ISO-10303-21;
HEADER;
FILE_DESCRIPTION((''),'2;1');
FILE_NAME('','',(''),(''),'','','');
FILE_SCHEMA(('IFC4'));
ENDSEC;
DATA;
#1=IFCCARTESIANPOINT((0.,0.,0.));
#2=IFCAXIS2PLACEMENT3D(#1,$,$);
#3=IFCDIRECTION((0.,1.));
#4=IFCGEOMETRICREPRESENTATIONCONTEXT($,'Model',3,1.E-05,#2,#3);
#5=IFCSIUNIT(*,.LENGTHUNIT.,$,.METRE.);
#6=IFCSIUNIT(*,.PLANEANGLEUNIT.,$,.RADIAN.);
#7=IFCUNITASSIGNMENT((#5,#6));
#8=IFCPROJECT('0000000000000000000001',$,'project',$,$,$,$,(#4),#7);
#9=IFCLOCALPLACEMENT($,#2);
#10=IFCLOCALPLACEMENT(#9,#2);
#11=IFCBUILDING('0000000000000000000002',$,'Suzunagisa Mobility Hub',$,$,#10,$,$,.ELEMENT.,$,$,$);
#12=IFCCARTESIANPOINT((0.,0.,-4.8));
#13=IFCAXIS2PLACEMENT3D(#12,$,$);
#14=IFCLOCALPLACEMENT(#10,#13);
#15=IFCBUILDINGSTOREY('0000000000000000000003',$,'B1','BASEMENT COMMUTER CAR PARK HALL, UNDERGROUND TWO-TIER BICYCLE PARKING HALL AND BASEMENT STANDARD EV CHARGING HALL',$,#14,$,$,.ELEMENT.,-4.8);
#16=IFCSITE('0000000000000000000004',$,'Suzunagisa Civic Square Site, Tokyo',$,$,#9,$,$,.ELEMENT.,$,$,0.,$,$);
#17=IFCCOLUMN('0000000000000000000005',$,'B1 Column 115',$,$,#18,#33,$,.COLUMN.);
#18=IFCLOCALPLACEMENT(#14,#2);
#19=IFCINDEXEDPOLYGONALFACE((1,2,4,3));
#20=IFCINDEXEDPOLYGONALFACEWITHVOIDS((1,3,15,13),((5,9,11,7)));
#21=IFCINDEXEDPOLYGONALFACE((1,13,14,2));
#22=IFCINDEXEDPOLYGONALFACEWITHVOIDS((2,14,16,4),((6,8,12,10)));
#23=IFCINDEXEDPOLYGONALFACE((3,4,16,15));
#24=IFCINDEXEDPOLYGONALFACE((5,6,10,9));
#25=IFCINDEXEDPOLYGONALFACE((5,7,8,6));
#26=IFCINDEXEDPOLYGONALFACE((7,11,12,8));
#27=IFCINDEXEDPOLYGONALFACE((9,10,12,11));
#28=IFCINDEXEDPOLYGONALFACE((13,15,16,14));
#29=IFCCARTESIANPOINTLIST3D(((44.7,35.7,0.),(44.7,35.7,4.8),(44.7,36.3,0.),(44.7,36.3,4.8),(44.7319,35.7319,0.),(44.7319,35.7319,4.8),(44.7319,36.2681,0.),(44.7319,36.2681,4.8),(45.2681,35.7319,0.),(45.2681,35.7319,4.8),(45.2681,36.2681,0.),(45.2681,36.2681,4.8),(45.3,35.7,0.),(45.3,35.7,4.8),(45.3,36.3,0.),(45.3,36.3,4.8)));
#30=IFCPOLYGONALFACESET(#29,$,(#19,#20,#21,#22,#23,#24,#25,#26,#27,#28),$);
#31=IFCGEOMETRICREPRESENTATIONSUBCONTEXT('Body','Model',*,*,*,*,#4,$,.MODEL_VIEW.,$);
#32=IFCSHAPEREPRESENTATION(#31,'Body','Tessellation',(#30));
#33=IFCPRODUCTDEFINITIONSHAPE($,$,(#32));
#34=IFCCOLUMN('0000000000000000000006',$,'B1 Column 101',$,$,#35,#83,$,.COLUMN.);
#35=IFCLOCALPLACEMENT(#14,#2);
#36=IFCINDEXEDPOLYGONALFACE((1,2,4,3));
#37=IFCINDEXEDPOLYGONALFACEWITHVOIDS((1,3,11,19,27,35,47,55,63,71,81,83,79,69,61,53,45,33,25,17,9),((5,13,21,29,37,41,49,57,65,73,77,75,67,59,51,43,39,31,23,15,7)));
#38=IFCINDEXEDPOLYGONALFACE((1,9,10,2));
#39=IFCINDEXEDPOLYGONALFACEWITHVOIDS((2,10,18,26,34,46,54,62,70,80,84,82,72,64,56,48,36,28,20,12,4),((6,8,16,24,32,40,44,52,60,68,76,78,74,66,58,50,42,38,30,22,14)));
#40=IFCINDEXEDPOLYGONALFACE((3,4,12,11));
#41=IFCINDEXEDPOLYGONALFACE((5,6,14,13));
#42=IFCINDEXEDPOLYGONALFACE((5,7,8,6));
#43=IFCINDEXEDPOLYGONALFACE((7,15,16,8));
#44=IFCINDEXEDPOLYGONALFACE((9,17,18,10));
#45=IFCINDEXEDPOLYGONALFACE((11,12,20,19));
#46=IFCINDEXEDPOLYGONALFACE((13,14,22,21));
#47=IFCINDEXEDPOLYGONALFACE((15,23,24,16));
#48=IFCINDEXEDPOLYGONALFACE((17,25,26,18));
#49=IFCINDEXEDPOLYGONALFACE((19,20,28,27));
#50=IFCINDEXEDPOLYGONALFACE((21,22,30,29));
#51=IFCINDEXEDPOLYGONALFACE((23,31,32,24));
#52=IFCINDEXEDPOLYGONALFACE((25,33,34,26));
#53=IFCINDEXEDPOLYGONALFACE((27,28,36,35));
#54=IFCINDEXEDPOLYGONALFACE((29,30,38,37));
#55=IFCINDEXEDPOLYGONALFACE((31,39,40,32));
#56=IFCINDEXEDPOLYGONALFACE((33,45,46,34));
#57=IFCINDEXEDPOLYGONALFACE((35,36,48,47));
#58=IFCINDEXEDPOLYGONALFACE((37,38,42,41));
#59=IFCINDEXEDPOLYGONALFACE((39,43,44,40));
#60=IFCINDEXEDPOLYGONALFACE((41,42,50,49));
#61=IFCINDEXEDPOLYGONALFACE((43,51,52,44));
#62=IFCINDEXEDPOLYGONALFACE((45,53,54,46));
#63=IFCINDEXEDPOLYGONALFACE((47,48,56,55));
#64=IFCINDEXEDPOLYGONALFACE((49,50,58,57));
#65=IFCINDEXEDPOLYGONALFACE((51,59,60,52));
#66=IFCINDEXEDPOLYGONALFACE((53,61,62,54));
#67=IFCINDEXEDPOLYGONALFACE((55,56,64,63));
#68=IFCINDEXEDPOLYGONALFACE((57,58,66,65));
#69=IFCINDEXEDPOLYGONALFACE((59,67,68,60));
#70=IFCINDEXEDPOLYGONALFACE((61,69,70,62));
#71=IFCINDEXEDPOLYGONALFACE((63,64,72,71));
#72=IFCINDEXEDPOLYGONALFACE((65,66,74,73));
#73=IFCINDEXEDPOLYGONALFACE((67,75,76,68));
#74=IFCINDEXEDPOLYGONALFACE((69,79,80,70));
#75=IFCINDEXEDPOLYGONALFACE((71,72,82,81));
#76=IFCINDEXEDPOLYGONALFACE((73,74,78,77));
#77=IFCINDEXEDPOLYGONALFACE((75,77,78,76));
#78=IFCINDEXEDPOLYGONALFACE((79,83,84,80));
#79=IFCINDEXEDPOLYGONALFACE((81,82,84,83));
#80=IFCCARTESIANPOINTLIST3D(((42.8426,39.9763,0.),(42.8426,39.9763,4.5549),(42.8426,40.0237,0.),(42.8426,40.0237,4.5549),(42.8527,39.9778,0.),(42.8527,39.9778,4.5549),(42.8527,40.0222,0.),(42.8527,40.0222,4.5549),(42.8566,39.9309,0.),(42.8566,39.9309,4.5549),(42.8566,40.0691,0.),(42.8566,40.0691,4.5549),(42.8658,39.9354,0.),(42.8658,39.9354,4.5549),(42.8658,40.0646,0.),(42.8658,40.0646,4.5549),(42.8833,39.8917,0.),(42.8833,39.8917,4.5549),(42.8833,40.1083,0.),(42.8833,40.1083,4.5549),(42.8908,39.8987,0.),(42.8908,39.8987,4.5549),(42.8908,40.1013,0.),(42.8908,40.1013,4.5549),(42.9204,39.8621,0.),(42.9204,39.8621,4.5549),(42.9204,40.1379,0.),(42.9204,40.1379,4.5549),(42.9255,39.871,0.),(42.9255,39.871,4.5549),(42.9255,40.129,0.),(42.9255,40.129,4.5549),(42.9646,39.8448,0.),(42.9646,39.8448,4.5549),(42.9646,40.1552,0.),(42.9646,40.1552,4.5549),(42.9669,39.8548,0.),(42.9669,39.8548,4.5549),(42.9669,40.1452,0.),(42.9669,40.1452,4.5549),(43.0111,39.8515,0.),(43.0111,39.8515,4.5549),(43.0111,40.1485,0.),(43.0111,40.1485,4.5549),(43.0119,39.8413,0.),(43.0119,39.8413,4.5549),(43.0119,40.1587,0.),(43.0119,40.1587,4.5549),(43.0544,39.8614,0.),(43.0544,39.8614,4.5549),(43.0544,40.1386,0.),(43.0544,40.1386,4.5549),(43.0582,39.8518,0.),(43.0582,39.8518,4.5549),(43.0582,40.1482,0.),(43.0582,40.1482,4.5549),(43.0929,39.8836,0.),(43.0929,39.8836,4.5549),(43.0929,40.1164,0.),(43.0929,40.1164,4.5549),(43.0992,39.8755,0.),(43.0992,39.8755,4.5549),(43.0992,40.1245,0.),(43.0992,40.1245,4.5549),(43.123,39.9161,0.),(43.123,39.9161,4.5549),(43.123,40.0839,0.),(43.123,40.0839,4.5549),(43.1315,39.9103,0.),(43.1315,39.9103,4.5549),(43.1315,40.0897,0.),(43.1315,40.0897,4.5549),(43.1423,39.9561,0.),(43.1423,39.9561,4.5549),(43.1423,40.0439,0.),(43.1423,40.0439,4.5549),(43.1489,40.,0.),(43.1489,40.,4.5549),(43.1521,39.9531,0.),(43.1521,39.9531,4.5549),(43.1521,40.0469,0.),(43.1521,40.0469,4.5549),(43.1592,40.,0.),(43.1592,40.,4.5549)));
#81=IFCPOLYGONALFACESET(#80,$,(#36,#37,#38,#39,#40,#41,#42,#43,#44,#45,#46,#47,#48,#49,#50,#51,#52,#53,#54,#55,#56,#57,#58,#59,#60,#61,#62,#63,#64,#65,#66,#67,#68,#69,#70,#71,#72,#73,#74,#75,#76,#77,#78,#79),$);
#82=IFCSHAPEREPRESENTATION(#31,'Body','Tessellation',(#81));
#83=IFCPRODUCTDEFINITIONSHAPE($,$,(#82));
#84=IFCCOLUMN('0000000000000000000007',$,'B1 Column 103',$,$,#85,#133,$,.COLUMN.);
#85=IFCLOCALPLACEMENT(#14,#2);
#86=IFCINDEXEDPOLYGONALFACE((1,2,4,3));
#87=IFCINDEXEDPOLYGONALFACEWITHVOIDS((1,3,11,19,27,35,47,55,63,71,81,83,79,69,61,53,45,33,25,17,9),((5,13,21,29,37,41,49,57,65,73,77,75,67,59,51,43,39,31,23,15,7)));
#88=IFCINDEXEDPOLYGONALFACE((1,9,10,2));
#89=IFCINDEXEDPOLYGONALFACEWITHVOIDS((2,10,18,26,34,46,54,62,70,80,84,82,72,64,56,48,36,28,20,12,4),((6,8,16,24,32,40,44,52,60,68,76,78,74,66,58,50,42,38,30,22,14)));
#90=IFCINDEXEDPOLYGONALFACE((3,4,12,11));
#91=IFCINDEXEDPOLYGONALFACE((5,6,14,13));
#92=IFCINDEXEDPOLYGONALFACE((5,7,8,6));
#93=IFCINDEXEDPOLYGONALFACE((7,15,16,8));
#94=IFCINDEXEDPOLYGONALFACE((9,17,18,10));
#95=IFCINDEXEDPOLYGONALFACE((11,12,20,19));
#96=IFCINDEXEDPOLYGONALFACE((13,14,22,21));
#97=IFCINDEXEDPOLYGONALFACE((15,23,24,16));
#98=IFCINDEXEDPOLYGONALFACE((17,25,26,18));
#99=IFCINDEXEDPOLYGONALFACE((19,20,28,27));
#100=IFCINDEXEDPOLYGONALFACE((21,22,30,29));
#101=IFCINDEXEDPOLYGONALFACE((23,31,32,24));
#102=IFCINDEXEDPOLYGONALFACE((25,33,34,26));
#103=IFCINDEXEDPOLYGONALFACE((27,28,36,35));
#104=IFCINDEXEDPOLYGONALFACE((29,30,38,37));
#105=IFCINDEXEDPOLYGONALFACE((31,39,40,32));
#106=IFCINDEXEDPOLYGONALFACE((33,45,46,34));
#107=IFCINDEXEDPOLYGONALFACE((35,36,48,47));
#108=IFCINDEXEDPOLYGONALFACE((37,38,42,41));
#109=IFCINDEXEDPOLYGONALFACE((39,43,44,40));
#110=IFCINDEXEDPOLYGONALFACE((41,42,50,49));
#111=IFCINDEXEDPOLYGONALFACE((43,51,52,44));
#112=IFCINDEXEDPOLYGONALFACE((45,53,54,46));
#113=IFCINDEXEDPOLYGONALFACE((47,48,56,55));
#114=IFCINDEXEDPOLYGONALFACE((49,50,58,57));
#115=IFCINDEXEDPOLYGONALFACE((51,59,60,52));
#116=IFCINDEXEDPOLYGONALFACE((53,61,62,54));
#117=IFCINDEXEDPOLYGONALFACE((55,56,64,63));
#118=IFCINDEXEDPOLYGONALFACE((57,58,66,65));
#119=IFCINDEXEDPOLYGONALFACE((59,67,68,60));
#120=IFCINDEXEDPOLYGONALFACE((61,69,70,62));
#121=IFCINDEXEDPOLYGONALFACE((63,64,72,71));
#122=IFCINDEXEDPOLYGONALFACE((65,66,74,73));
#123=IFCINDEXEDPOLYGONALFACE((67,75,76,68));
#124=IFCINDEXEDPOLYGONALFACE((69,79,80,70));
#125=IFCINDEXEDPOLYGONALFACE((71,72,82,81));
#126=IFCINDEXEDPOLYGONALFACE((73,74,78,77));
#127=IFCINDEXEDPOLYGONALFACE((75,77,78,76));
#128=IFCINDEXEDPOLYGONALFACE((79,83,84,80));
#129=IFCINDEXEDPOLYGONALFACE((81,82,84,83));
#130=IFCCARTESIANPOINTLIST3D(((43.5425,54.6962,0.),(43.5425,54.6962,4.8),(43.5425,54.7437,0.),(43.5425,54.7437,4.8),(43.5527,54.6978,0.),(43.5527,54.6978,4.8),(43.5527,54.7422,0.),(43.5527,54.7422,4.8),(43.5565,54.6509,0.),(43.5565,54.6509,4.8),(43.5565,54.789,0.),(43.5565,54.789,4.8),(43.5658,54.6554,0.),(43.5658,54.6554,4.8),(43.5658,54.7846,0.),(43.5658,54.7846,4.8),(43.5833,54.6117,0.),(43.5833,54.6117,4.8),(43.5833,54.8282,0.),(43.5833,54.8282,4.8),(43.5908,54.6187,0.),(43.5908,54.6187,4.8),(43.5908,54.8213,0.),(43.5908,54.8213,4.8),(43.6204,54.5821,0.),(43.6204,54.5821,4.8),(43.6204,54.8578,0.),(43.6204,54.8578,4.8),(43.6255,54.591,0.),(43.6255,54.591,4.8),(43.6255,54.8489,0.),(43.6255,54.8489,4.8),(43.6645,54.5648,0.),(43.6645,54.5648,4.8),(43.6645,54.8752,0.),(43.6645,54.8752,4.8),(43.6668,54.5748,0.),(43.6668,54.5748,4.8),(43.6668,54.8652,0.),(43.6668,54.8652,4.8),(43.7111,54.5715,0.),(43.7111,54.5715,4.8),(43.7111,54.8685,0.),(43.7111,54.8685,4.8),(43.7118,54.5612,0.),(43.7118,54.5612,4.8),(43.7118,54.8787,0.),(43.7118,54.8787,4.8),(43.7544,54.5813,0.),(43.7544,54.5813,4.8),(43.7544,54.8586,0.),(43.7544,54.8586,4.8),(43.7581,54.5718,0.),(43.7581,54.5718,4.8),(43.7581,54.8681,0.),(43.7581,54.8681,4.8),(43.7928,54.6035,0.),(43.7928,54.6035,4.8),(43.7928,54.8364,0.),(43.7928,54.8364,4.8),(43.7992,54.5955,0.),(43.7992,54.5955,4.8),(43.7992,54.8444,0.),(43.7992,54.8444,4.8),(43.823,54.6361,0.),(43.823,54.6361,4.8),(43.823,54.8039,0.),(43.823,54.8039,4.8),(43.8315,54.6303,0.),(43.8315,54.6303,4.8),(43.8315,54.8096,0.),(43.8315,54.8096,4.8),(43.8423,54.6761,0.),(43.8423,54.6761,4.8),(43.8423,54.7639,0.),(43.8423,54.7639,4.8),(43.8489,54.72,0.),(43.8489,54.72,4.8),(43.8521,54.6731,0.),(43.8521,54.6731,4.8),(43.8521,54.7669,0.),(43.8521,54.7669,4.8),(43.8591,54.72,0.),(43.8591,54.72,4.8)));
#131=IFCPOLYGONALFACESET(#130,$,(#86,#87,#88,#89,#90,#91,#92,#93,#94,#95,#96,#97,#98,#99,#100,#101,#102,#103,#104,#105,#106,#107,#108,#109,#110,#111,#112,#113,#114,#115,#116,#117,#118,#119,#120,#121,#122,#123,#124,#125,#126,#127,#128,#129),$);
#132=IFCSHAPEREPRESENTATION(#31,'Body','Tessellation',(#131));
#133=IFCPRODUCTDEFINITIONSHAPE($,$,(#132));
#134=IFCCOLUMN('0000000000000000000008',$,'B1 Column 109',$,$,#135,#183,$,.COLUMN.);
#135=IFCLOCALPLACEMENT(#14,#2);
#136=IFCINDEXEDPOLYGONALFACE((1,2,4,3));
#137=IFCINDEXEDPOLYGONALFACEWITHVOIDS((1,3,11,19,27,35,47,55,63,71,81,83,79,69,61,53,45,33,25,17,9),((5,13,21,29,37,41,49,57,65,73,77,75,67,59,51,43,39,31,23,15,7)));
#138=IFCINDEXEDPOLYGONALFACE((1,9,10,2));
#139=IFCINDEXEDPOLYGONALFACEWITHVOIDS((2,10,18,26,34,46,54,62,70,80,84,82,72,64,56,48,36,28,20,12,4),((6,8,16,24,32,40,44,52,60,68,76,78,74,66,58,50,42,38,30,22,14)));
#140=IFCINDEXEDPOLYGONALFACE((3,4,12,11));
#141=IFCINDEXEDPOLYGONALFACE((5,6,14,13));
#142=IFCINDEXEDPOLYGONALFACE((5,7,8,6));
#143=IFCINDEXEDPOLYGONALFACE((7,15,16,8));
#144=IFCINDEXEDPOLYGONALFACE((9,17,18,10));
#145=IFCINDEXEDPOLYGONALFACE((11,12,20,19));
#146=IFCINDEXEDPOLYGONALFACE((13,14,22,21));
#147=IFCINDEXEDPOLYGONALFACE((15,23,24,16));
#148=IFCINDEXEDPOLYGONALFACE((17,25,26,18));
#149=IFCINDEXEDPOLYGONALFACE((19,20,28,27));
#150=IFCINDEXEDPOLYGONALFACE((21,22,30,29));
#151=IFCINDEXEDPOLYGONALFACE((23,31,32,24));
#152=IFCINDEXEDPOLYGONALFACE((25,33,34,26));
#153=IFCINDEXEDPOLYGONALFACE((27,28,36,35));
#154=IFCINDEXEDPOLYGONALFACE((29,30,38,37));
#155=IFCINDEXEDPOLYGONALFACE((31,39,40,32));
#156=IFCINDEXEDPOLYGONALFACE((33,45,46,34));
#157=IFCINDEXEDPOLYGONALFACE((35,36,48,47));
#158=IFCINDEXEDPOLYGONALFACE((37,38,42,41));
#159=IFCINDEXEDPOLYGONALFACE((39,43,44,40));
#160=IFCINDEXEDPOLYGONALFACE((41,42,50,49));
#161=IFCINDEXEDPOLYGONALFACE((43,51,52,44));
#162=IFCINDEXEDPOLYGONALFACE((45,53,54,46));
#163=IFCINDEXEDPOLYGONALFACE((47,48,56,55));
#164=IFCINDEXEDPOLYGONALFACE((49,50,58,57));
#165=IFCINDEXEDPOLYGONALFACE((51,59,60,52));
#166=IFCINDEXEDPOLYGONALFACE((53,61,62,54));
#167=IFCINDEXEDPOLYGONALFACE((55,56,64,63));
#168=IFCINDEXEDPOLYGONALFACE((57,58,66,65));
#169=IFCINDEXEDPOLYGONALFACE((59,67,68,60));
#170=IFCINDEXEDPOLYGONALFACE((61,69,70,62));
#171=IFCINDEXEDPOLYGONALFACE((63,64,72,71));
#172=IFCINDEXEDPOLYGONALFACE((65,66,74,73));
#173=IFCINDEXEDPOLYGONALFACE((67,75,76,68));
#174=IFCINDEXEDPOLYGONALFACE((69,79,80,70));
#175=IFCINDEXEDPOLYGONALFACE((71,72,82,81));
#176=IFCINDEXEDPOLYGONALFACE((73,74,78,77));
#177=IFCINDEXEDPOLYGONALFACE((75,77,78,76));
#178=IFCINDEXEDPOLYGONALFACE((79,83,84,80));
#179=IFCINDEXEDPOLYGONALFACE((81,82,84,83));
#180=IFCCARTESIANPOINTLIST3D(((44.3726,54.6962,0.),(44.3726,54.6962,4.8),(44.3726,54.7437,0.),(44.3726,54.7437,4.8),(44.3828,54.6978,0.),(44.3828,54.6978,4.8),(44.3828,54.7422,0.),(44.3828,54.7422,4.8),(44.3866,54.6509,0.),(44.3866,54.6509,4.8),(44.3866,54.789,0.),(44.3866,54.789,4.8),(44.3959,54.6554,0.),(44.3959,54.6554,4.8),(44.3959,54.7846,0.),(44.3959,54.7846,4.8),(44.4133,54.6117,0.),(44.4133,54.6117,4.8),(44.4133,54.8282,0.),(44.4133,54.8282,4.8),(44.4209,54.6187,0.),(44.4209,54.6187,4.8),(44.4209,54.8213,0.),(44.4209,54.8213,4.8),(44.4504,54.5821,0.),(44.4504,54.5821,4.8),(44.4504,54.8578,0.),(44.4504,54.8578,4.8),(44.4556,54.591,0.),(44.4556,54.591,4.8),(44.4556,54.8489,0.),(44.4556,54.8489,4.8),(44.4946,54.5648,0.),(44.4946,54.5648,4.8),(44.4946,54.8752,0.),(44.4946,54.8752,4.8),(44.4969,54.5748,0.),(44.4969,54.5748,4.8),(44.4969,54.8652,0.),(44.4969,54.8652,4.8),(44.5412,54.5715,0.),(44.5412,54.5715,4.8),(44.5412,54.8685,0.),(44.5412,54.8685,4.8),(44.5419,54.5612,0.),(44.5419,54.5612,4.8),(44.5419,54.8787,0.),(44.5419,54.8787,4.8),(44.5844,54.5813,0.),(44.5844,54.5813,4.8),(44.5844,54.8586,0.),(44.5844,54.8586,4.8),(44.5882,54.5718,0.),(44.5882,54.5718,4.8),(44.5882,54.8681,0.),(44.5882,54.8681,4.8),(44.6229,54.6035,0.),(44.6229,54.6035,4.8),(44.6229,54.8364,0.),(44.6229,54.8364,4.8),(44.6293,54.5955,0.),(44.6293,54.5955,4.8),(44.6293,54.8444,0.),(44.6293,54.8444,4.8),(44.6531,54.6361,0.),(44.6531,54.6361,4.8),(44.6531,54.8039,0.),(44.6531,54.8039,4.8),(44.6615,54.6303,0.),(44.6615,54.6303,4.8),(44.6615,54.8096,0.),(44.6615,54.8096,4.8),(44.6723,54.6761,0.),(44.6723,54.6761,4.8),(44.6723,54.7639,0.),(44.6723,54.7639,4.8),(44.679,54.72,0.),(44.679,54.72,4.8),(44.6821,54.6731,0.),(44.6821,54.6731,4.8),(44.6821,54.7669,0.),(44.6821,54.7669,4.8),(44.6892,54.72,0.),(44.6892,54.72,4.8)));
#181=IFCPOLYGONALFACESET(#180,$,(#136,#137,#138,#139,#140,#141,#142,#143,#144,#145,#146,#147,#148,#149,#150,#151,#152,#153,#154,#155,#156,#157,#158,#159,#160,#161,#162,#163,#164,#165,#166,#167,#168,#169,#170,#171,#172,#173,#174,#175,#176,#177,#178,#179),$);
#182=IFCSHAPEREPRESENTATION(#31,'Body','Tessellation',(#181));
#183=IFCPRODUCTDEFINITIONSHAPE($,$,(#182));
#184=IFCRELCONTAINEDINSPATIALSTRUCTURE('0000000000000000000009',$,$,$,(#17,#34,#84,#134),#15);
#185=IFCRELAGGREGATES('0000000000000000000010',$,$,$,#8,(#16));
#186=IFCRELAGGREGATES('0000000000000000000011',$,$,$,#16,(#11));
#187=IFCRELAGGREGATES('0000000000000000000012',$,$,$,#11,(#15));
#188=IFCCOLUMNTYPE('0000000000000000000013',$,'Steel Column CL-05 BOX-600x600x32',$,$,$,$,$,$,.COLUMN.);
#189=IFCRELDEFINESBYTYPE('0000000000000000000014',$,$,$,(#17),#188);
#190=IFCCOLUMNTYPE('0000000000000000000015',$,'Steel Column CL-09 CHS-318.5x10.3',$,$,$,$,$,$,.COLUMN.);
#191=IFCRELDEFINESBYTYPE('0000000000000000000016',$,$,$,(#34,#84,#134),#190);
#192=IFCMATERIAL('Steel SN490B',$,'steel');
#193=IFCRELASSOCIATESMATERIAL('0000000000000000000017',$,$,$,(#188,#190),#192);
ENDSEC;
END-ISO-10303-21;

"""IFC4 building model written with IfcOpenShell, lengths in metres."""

from ifc_helpers import new_model, si_unit, direction, frame, origin, origin_2d, place, context, subcontext, project, spatial, hollow_rectangle, hollow_circle, extrude, material, material_profile, profile_set, type_object, element, save


model = new_model("IFC4")

# Units and contexts
model_context = context("Model", 3, precision=1e-05, world=origin(), true_north=direction((0.0, 1.0)))
body_context = subcontext(model_context, "Body", "Model", "MODEL_VIEW")
ifc_project = project(units=[si_unit("LENGTHUNIT", "METRE"), si_unit("PLANEANGLEUNIT", "RADIAN")], contexts=[model_context])

# Site, building, storey
site_placement = place(None, origin())
site = spatial("IfcSite", under=ifc_project, at=site_placement, Name="Suzunagisa Civic Square Site, Tokyo", CompositionType="ELEMENT", RefElevation=0.0)
building_placement = place(site_placement, origin())
building = spatial("IfcBuilding", under=site, at=building_placement, Name="Suzunagisa Mobility Hub", CompositionType="ELEMENT")
storey_placement = place(building_placement, frame((0.0, 0.0, -4.8)))
storey = spatial("IfcBuildingStorey", under=building, at=storey_placement, Name="B1", Description="BASEMENT COMMUTER CAR PARK HALL, UNDERGROUND TWO-TIER BICYCLE PARKING HALL AND BASEMENT STANDARD EV CHARGING HALL", CompositionType="ELEMENT", Elevation=-4.8)

# Columns
ifc_material_1 = material(Name="Steel SN490B", Category="steel")
ifc_material_profile_1 = material_profile(ifc_material_1, hollow_rectangle(XDim=0.6001, YDim=0.6001, WallThickness=0.032, at=origin_2d()), Name="BOX-600x600x32")
ifc_profile_set_1 = profile_set([ifc_material_profile_1], Name="Steel SN490B")
column_type_1 = type_object("IfcColumnType", Name="Steel Column CL-05 BOX-600x600x32", PredefinedType="COLUMN", material=ifc_profile_set_1)
column_1_placement = place(storey_placement, frame((45.0, 36.0, 0.0), z_axis=(0.0, 0.0, 1.0), x_axis=(1.0, 0.0, 0.0)))
element("IfcColumn", 1, at=column_1_placement, inside=storey, type_object=column_type_1, Name="B1 Column 115", PredefinedType="COLUMN", context=body_context, shape_type="SweptSolid", body=[
    extrude(hollow_rectangle(XDim=0.6001, YDim=0.6001, WallThickness=0.032, at=origin_2d()), origin(), (0.0, 0.0, 1.0), 4.8),
])
ifc_material_profile_2 = material_profile(ifc_material_1, hollow_circle(Radius=0.1592, WallThickness=0.0103, at=origin_2d()), Name="CHS-318.5x10.3")
ifc_profile_set_2 = profile_set([ifc_material_profile_2], Name="Steel SN490B")
column_type_2 = type_object("IfcColumnType", Name="Steel Column CL-09 CHS-318.5x10.3", PredefinedType="COLUMN", material=ifc_profile_set_2)
column_2_placement = place(storey_placement, frame((43.0, 40.0, 0.0), z_axis=(0.0, 0.0, 1.0), x_axis=(1.0, 0.0, 0.0)))
element("IfcColumn", 2, at=column_2_placement, inside=storey, type_object=column_type_2, Name="B1 Column 101", PredefinedType="COLUMN", context=body_context, shape_type="SweptSolid", body=[
    extrude(hollow_circle(Radius=0.1592, WallThickness=0.0103, at=origin_2d()), origin(), (0.0, 0.0, 1.0), 4.5549),
])
for number, where, z_axis, x_axis, name in (
    (3, (43.7, 54.72, 0.0), (0.0, 0.0, 1.0), (1.0, 0.0, 0.0), "B1 Column 103"),
    (4, (44.53, 54.72, 0.0), (0.0, 0.0, 1.0), (1.0, 0.0, 0.0), "B1 Column 109"),
):
    element("IfcColumn", number, at=place(storey_placement, frame(where, z_axis=z_axis, x_axis=x_axis)), inside=storey, type_object=column_type_2, Name=name, PredefinedType="COLUMN", context=body_context, shape_type="SweptSolid", body=[
        extrude(hollow_circle(Radius=0.1592, WallThickness=0.0103, at=origin_2d()), origin(), (0.0, 0.0, 1.0), 4.8),
    ])

save(model, "model.ifc")
